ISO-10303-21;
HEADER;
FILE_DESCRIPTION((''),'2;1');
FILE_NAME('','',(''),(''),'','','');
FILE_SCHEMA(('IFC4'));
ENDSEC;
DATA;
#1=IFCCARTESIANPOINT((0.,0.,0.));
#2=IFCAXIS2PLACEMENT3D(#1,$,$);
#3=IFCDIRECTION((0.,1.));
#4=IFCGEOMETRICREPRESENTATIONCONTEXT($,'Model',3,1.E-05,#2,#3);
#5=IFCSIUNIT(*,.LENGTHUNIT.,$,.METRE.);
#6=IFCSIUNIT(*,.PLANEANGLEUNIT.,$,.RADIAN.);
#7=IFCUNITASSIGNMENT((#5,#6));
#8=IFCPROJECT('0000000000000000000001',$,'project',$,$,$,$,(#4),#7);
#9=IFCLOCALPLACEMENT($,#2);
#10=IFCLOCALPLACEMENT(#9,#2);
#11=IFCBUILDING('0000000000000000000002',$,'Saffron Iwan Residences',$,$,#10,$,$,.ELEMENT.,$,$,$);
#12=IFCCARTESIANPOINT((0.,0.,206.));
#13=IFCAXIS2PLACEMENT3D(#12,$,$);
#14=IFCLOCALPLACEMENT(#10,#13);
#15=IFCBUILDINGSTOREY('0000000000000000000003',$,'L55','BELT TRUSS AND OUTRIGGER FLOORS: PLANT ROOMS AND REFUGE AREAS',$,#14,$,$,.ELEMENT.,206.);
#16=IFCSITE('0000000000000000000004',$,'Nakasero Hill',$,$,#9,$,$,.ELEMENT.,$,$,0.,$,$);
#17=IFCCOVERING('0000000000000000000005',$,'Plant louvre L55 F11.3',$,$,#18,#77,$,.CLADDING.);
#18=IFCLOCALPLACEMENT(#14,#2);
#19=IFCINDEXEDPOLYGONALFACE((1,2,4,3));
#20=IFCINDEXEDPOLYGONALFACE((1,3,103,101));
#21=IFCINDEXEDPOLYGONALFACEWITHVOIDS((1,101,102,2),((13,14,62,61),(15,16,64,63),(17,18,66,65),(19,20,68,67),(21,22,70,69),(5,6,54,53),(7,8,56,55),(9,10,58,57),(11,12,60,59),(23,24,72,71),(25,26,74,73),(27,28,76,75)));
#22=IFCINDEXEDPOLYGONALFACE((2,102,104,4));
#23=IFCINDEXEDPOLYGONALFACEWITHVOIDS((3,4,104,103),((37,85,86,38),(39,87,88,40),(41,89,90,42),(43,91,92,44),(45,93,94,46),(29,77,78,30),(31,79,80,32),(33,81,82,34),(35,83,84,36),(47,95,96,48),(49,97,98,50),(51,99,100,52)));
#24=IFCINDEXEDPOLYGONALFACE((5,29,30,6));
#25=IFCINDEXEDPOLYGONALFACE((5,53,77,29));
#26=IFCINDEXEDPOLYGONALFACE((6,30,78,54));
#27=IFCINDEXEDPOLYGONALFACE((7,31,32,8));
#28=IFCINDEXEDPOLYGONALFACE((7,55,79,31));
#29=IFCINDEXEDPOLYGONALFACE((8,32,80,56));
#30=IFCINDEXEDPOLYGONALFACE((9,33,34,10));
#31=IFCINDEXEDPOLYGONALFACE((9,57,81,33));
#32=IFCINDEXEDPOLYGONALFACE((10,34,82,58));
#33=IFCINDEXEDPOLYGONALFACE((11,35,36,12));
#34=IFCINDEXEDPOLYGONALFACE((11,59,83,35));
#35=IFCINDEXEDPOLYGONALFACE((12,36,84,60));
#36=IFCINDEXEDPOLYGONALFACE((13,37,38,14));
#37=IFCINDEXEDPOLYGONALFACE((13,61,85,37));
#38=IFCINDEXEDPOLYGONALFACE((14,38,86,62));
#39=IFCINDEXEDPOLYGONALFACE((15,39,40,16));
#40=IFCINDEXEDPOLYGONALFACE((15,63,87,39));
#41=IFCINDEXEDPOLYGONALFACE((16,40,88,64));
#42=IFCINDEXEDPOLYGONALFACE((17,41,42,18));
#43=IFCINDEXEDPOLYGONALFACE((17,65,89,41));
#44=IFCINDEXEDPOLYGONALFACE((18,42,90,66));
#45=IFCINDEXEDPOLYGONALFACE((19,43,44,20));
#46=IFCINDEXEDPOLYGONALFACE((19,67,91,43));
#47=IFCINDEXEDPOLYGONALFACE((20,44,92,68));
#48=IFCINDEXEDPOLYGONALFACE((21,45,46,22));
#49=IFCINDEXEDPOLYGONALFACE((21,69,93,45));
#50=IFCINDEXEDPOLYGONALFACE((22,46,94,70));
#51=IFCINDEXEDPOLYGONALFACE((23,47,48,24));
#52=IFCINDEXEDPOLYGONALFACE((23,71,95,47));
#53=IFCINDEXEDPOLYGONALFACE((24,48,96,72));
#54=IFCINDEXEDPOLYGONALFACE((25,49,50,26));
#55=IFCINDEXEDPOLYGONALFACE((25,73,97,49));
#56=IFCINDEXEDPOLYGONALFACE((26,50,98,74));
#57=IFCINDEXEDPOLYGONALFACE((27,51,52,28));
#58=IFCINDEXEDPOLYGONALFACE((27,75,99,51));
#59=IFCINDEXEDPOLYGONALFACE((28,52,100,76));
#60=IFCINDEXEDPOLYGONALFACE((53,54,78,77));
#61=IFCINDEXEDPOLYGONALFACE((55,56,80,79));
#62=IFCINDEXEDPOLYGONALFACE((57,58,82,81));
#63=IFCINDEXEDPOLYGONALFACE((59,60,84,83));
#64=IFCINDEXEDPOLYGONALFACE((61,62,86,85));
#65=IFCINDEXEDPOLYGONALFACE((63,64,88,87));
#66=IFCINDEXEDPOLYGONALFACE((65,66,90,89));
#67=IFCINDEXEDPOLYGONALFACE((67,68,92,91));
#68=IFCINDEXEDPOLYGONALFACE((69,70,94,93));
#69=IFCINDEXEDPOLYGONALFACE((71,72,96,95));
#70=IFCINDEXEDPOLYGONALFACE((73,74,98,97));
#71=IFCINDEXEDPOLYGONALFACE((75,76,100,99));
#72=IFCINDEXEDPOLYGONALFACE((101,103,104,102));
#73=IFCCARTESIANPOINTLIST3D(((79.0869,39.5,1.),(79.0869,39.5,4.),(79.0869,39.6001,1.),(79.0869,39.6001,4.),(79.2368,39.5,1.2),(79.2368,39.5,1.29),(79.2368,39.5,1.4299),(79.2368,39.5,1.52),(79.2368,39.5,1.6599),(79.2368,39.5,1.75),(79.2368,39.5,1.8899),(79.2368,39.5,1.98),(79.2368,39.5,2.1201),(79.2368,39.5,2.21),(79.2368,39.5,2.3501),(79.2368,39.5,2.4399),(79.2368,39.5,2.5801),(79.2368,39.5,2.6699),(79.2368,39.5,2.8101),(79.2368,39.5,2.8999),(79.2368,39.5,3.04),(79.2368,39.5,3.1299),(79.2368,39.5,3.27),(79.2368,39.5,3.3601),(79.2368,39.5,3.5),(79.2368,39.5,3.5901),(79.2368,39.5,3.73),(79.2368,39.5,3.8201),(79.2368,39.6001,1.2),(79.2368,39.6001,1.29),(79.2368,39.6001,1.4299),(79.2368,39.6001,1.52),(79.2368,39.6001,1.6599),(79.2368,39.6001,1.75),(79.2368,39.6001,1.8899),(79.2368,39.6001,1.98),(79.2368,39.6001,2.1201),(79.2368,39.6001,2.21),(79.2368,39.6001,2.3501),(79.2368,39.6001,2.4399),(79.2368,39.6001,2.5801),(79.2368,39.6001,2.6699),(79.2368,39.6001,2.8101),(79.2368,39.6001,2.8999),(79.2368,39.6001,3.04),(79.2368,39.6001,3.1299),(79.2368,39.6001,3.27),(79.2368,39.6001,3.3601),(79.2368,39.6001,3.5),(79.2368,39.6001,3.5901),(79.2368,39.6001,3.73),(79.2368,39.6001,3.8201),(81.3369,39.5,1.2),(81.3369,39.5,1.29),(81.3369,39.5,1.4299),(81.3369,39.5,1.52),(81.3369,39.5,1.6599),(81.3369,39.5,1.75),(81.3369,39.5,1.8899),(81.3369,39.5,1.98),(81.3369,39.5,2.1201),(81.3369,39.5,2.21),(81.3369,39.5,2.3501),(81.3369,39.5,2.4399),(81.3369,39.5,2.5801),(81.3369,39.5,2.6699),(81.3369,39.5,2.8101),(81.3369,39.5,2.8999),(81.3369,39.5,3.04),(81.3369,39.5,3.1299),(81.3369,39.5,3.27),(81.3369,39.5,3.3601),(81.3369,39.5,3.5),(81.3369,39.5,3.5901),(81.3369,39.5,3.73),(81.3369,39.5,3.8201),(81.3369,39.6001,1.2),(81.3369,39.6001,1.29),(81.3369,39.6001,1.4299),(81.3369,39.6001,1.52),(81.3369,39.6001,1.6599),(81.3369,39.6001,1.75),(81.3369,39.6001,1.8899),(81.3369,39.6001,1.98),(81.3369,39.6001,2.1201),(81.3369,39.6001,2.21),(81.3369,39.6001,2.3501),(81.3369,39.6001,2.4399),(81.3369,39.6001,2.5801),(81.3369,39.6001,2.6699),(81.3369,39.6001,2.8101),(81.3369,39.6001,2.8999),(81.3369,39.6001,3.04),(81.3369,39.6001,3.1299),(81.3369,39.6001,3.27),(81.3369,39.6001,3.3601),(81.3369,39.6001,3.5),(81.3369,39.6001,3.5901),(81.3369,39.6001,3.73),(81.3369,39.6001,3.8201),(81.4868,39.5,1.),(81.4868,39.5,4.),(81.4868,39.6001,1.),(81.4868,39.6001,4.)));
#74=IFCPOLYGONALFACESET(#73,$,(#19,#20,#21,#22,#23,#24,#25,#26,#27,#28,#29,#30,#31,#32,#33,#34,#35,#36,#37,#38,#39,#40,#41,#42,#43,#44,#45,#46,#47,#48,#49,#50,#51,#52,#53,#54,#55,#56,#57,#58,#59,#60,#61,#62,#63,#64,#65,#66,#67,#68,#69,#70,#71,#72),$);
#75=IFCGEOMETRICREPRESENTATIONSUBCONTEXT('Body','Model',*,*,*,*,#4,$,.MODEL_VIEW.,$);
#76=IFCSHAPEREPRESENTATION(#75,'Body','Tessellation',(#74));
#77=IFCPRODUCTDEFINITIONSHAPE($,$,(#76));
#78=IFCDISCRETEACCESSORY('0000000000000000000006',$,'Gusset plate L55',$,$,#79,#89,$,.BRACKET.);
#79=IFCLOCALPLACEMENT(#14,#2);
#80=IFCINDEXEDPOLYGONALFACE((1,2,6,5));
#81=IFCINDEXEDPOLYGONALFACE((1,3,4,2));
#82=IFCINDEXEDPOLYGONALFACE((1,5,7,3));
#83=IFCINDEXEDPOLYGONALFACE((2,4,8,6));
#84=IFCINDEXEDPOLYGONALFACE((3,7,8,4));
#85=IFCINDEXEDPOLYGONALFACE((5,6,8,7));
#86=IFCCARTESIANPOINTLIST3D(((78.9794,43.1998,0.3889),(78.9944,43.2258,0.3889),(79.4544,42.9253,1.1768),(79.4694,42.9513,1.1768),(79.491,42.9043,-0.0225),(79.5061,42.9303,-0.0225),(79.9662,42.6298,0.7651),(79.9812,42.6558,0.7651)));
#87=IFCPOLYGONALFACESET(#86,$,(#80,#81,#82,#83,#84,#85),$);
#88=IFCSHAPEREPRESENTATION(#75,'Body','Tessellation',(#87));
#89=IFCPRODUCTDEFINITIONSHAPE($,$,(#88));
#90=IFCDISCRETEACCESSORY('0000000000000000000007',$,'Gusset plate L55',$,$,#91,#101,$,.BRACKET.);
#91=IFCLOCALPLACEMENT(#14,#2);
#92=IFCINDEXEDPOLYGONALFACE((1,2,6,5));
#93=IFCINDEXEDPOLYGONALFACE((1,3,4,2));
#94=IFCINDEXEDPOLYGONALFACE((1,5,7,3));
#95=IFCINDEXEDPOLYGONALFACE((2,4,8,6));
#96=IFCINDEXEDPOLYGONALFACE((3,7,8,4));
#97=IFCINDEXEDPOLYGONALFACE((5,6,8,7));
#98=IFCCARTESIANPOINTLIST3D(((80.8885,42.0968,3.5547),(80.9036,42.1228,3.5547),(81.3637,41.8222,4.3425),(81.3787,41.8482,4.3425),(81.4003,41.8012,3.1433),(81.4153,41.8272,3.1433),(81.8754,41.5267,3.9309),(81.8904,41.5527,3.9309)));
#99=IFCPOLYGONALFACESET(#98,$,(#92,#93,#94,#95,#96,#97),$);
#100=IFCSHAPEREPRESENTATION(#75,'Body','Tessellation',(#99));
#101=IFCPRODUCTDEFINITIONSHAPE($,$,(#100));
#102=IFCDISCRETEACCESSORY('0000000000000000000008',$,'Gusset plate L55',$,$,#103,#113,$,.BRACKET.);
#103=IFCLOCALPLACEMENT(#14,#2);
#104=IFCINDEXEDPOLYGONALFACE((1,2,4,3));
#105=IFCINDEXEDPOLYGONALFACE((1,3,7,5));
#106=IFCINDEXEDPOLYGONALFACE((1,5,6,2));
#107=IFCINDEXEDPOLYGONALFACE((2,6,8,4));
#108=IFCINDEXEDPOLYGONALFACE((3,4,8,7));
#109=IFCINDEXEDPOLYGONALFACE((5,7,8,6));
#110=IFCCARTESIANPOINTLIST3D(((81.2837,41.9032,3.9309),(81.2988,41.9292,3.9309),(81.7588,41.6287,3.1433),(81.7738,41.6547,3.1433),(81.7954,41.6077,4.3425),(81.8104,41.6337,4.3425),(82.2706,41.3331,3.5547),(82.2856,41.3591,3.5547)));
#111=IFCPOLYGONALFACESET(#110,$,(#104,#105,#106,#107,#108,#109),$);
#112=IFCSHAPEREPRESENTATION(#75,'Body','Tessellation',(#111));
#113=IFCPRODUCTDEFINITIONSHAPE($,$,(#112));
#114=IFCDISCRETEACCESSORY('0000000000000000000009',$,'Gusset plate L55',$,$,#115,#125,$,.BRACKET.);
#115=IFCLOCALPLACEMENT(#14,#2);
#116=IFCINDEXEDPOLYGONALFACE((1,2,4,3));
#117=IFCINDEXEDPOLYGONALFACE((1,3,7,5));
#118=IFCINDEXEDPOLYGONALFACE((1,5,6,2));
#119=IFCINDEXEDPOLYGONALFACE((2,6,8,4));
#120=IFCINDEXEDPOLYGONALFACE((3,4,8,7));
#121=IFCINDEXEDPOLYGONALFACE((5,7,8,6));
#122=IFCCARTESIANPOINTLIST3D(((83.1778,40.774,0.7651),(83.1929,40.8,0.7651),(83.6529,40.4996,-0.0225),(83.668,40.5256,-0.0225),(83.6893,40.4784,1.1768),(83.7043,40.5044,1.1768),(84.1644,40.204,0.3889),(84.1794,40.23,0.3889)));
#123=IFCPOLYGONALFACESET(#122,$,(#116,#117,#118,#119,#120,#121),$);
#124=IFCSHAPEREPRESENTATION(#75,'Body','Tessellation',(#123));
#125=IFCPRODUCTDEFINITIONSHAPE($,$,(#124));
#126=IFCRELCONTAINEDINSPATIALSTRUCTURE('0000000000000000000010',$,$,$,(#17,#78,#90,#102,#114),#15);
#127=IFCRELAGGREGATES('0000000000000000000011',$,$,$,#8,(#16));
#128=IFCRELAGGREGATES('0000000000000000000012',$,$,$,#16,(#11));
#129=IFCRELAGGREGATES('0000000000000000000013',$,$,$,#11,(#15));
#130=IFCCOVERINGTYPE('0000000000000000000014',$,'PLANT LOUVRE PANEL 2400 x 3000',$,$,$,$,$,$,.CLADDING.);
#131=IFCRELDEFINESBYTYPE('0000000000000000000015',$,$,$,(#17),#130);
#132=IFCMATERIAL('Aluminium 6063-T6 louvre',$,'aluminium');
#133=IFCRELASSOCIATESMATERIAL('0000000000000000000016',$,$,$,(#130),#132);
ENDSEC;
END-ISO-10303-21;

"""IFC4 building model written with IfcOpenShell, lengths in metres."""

from ifc_helpers import new_model, si_unit, direction, frame, origin, place, context, subcontext, project, spatial, polyline, outline, extrude, material, type_object, element, save


model = new_model("IFC4")

# Units and contexts
model_context = context("Model", 3, precision=1e-05, world=origin(), true_north=direction((0.0, 1.0)))
body_context = subcontext(model_context, "Body", "Model", "MODEL_VIEW")
ifc_project = project(units=[si_unit("LENGTHUNIT", "METRE"), si_unit("PLANEANGLEUNIT", "RADIAN")], contexts=[model_context])

# Site, building, storey
site_placement = place(None, origin())
site = spatial("IfcSite", under=ifc_project, at=site_placement, Name="Nakasero Hill", CompositionType="ELEMENT", RefElevation=0.0)
building_placement = place(site_placement, origin())
building = spatial("IfcBuilding", under=site, at=building_placement, Name="Saffron Iwan Residences", CompositionType="ELEMENT")
storey_placement = place(building_placement, frame((0.0, 0.0, 206.0)))
storey = spatial("IfcBuildingStorey", under=building, at=storey_placement, Name="L55", Description="BELT TRUSS AND OUTRIGGER FLOORS: PLANT ROOMS AND REFUGE AREAS", CompositionType="ELEMENT", Elevation=206.0)

# Covering
ifc_material_1 = material(Name="Aluminium 6063-T6 louvre", Category="aluminium")
covering_type_1 = type_object("IfcCoveringType", Name="PLANT LOUVRE PANEL 2400 x 3000", PredefinedType="CLADDING", material=ifc_material_1)
covering_1_placement = place(storey_placement, frame((79.0869, 39.6001, 1.0), z_axis=(0.0, -1.0, 0.0), x_axis=(1.0, 0.0, 0.0)))
element("IfcCovering", 1, at=covering_1_placement, inside=storey, type_object=covering_type_1, Name="Plant louvre L55 F11.3", PredefinedType="CLADDING", context=body_context, shape_type="SweptSolid", body=[
    extrude(outline(polyline([(0.0, 0.0), (2.3999, 0.0), (2.3999, 3.0), (0.0, 3.0), (0.0, 0.0)]), holes=[polyline([(0.1499, 0.2), (2.25, 0.2), (2.25, 0.29), (0.1499, 0.29), (0.1499, 0.2)]), polyline([(0.1499, 0.4299), (2.25, 0.4299), (2.25, 0.52), (0.1499, 0.52), (0.1499, 0.4299)]), polyline([(0.1499, 0.6599), (2.25, 0.6599), (2.25, 0.75), (0.1499, 0.75), (0.1499, 0.6599)]), polyline([(0.1499, 0.8899), (2.25, 0.8899), (2.25, 0.98), (0.1499, 0.98), (0.1499, 0.8899)]), polyline([(0.1499, 1.1201), (2.25, 1.1201), (2.25, 1.21), (0.1499, 1.21), (0.1499, 1.1201)]), polyline([(0.1499, 1.3501), (2.25, 1.3501), (2.25, 1.4399), (0.1499, 1.4399), (0.1499, 1.3501)]), polyline([(0.1499, 1.5801), (2.25, 1.5801), (2.25, 1.6699), (0.1499, 1.6699), (0.1499, 1.5801)]), polyline([(0.1499, 1.8101), (2.25, 1.8101), (2.25, 1.8999), (0.1499, 1.8999), (0.1499, 1.8101)]), polyline([(0.1499, 2.04), (2.25, 2.04), (2.25, 2.1299), (0.1499, 2.1299), (0.1499, 2.04)]), polyline([(0.1499, 2.27), (2.25, 2.27), (2.25, 2.3601), (0.1499, 2.3601), (0.1499, 2.27)]), polyline([(0.1499, 2.5), (2.25, 2.5), (2.25, 2.5901), (0.1499, 2.5901), (0.1499, 2.5)]), polyline([(0.1499, 2.73), (2.25, 2.73), (2.25, 2.8201), (0.1499, 2.8201), (0.1499, 2.73)])]), origin(), (0.0, 0.0, 1.0), 0.1001),
])

# Discrete accessories
discrete_accessory_1_placement = place(storey_placement, frame((78.9944, 43.2258, 0.3889), z_axis=(0.500184, 0.865919, 0.000114), x_axis=(0.494807, -0.285925, 0.820617)))
element("IfcDiscreteAccessory", 2, at=discrete_accessory_1_placement, inside=storey, Name="Gusset plate L55", PredefinedType="BRACKET", context=body_context, shape_type="SweptSolid", body=[
    extrude(outline(polyline([(0.0, 0.0), (0.9601, 0.0), (0.96, 0.7202), (0.0001, 0.72), (0.0, 0.0)])), origin(), (0.0, 0.0, -1.0), 0.03),
])
discrete_accessory_2_placement = place(storey_placement, frame((81.8904, 41.5527, 3.9309), z_axis=(0.500184, 0.865919, 0.000114), x_axis=(-0.494911, 0.285985, -0.820534)))
element("IfcDiscreteAccessory", 3, at=discrete_accessory_2_placement, inside=storey, Name="Gusset plate L55", PredefinedType="BRACKET", context=body_context, shape_type="SweptSolid", body=[
    extrude(outline(polyline([(0.0, 0.0), (0.9599, 0.0), (0.9601, 0.7201), (0.0, 0.7201), (0.0, 0.0)])), origin(), (0.0, 0.0, -1.0), 0.03),
])
discrete_accessory_3_placement = place(storey_placement, frame((81.7954, 41.6077, 4.3425), z_axis=(-0.500184, -0.865919, 0.000114), x_axis=(0.494881, -0.285968, -0.820557)))
element("IfcDiscreteAccessory", 4, at=discrete_accessory_3_placement, inside=storey, Name="Gusset plate L55", PredefinedType="BRACKET", context=body_context, shape_type="SweptSolid", body=[
    extrude(outline(polyline([(0.0, 0.0), (0.9601, 0.0), (0.9599, -0.7201), (0.0, -0.7201), (0.0, 0.0)])), origin(), (0.0, 0.0, -1.0), 0.03),
])
discrete_accessory_4_placement = place(storey_placement, frame((83.668, 40.5256, -0.0225), z_axis=(0.500355, 0.86582, 0.000157), x_axis=(-0.494966, 0.28589, 0.820534)))
element("IfcDiscreteAccessory", 5, at=discrete_accessory_4_placement, inside=storey, Name="Gusset plate L55", PredefinedType="BRACKET", context=body_context, shape_type="SweptSolid", body=[
    extrude(outline(polyline([(0.0, 0.0), (0.9599, 0.0), (0.9599, 0.72), (-0.0001, 0.7199), (0.0, 0.0)])), origin(), (0.0, 0.0, -1.0), 0.03),
])

save(model, "model.ifc")
